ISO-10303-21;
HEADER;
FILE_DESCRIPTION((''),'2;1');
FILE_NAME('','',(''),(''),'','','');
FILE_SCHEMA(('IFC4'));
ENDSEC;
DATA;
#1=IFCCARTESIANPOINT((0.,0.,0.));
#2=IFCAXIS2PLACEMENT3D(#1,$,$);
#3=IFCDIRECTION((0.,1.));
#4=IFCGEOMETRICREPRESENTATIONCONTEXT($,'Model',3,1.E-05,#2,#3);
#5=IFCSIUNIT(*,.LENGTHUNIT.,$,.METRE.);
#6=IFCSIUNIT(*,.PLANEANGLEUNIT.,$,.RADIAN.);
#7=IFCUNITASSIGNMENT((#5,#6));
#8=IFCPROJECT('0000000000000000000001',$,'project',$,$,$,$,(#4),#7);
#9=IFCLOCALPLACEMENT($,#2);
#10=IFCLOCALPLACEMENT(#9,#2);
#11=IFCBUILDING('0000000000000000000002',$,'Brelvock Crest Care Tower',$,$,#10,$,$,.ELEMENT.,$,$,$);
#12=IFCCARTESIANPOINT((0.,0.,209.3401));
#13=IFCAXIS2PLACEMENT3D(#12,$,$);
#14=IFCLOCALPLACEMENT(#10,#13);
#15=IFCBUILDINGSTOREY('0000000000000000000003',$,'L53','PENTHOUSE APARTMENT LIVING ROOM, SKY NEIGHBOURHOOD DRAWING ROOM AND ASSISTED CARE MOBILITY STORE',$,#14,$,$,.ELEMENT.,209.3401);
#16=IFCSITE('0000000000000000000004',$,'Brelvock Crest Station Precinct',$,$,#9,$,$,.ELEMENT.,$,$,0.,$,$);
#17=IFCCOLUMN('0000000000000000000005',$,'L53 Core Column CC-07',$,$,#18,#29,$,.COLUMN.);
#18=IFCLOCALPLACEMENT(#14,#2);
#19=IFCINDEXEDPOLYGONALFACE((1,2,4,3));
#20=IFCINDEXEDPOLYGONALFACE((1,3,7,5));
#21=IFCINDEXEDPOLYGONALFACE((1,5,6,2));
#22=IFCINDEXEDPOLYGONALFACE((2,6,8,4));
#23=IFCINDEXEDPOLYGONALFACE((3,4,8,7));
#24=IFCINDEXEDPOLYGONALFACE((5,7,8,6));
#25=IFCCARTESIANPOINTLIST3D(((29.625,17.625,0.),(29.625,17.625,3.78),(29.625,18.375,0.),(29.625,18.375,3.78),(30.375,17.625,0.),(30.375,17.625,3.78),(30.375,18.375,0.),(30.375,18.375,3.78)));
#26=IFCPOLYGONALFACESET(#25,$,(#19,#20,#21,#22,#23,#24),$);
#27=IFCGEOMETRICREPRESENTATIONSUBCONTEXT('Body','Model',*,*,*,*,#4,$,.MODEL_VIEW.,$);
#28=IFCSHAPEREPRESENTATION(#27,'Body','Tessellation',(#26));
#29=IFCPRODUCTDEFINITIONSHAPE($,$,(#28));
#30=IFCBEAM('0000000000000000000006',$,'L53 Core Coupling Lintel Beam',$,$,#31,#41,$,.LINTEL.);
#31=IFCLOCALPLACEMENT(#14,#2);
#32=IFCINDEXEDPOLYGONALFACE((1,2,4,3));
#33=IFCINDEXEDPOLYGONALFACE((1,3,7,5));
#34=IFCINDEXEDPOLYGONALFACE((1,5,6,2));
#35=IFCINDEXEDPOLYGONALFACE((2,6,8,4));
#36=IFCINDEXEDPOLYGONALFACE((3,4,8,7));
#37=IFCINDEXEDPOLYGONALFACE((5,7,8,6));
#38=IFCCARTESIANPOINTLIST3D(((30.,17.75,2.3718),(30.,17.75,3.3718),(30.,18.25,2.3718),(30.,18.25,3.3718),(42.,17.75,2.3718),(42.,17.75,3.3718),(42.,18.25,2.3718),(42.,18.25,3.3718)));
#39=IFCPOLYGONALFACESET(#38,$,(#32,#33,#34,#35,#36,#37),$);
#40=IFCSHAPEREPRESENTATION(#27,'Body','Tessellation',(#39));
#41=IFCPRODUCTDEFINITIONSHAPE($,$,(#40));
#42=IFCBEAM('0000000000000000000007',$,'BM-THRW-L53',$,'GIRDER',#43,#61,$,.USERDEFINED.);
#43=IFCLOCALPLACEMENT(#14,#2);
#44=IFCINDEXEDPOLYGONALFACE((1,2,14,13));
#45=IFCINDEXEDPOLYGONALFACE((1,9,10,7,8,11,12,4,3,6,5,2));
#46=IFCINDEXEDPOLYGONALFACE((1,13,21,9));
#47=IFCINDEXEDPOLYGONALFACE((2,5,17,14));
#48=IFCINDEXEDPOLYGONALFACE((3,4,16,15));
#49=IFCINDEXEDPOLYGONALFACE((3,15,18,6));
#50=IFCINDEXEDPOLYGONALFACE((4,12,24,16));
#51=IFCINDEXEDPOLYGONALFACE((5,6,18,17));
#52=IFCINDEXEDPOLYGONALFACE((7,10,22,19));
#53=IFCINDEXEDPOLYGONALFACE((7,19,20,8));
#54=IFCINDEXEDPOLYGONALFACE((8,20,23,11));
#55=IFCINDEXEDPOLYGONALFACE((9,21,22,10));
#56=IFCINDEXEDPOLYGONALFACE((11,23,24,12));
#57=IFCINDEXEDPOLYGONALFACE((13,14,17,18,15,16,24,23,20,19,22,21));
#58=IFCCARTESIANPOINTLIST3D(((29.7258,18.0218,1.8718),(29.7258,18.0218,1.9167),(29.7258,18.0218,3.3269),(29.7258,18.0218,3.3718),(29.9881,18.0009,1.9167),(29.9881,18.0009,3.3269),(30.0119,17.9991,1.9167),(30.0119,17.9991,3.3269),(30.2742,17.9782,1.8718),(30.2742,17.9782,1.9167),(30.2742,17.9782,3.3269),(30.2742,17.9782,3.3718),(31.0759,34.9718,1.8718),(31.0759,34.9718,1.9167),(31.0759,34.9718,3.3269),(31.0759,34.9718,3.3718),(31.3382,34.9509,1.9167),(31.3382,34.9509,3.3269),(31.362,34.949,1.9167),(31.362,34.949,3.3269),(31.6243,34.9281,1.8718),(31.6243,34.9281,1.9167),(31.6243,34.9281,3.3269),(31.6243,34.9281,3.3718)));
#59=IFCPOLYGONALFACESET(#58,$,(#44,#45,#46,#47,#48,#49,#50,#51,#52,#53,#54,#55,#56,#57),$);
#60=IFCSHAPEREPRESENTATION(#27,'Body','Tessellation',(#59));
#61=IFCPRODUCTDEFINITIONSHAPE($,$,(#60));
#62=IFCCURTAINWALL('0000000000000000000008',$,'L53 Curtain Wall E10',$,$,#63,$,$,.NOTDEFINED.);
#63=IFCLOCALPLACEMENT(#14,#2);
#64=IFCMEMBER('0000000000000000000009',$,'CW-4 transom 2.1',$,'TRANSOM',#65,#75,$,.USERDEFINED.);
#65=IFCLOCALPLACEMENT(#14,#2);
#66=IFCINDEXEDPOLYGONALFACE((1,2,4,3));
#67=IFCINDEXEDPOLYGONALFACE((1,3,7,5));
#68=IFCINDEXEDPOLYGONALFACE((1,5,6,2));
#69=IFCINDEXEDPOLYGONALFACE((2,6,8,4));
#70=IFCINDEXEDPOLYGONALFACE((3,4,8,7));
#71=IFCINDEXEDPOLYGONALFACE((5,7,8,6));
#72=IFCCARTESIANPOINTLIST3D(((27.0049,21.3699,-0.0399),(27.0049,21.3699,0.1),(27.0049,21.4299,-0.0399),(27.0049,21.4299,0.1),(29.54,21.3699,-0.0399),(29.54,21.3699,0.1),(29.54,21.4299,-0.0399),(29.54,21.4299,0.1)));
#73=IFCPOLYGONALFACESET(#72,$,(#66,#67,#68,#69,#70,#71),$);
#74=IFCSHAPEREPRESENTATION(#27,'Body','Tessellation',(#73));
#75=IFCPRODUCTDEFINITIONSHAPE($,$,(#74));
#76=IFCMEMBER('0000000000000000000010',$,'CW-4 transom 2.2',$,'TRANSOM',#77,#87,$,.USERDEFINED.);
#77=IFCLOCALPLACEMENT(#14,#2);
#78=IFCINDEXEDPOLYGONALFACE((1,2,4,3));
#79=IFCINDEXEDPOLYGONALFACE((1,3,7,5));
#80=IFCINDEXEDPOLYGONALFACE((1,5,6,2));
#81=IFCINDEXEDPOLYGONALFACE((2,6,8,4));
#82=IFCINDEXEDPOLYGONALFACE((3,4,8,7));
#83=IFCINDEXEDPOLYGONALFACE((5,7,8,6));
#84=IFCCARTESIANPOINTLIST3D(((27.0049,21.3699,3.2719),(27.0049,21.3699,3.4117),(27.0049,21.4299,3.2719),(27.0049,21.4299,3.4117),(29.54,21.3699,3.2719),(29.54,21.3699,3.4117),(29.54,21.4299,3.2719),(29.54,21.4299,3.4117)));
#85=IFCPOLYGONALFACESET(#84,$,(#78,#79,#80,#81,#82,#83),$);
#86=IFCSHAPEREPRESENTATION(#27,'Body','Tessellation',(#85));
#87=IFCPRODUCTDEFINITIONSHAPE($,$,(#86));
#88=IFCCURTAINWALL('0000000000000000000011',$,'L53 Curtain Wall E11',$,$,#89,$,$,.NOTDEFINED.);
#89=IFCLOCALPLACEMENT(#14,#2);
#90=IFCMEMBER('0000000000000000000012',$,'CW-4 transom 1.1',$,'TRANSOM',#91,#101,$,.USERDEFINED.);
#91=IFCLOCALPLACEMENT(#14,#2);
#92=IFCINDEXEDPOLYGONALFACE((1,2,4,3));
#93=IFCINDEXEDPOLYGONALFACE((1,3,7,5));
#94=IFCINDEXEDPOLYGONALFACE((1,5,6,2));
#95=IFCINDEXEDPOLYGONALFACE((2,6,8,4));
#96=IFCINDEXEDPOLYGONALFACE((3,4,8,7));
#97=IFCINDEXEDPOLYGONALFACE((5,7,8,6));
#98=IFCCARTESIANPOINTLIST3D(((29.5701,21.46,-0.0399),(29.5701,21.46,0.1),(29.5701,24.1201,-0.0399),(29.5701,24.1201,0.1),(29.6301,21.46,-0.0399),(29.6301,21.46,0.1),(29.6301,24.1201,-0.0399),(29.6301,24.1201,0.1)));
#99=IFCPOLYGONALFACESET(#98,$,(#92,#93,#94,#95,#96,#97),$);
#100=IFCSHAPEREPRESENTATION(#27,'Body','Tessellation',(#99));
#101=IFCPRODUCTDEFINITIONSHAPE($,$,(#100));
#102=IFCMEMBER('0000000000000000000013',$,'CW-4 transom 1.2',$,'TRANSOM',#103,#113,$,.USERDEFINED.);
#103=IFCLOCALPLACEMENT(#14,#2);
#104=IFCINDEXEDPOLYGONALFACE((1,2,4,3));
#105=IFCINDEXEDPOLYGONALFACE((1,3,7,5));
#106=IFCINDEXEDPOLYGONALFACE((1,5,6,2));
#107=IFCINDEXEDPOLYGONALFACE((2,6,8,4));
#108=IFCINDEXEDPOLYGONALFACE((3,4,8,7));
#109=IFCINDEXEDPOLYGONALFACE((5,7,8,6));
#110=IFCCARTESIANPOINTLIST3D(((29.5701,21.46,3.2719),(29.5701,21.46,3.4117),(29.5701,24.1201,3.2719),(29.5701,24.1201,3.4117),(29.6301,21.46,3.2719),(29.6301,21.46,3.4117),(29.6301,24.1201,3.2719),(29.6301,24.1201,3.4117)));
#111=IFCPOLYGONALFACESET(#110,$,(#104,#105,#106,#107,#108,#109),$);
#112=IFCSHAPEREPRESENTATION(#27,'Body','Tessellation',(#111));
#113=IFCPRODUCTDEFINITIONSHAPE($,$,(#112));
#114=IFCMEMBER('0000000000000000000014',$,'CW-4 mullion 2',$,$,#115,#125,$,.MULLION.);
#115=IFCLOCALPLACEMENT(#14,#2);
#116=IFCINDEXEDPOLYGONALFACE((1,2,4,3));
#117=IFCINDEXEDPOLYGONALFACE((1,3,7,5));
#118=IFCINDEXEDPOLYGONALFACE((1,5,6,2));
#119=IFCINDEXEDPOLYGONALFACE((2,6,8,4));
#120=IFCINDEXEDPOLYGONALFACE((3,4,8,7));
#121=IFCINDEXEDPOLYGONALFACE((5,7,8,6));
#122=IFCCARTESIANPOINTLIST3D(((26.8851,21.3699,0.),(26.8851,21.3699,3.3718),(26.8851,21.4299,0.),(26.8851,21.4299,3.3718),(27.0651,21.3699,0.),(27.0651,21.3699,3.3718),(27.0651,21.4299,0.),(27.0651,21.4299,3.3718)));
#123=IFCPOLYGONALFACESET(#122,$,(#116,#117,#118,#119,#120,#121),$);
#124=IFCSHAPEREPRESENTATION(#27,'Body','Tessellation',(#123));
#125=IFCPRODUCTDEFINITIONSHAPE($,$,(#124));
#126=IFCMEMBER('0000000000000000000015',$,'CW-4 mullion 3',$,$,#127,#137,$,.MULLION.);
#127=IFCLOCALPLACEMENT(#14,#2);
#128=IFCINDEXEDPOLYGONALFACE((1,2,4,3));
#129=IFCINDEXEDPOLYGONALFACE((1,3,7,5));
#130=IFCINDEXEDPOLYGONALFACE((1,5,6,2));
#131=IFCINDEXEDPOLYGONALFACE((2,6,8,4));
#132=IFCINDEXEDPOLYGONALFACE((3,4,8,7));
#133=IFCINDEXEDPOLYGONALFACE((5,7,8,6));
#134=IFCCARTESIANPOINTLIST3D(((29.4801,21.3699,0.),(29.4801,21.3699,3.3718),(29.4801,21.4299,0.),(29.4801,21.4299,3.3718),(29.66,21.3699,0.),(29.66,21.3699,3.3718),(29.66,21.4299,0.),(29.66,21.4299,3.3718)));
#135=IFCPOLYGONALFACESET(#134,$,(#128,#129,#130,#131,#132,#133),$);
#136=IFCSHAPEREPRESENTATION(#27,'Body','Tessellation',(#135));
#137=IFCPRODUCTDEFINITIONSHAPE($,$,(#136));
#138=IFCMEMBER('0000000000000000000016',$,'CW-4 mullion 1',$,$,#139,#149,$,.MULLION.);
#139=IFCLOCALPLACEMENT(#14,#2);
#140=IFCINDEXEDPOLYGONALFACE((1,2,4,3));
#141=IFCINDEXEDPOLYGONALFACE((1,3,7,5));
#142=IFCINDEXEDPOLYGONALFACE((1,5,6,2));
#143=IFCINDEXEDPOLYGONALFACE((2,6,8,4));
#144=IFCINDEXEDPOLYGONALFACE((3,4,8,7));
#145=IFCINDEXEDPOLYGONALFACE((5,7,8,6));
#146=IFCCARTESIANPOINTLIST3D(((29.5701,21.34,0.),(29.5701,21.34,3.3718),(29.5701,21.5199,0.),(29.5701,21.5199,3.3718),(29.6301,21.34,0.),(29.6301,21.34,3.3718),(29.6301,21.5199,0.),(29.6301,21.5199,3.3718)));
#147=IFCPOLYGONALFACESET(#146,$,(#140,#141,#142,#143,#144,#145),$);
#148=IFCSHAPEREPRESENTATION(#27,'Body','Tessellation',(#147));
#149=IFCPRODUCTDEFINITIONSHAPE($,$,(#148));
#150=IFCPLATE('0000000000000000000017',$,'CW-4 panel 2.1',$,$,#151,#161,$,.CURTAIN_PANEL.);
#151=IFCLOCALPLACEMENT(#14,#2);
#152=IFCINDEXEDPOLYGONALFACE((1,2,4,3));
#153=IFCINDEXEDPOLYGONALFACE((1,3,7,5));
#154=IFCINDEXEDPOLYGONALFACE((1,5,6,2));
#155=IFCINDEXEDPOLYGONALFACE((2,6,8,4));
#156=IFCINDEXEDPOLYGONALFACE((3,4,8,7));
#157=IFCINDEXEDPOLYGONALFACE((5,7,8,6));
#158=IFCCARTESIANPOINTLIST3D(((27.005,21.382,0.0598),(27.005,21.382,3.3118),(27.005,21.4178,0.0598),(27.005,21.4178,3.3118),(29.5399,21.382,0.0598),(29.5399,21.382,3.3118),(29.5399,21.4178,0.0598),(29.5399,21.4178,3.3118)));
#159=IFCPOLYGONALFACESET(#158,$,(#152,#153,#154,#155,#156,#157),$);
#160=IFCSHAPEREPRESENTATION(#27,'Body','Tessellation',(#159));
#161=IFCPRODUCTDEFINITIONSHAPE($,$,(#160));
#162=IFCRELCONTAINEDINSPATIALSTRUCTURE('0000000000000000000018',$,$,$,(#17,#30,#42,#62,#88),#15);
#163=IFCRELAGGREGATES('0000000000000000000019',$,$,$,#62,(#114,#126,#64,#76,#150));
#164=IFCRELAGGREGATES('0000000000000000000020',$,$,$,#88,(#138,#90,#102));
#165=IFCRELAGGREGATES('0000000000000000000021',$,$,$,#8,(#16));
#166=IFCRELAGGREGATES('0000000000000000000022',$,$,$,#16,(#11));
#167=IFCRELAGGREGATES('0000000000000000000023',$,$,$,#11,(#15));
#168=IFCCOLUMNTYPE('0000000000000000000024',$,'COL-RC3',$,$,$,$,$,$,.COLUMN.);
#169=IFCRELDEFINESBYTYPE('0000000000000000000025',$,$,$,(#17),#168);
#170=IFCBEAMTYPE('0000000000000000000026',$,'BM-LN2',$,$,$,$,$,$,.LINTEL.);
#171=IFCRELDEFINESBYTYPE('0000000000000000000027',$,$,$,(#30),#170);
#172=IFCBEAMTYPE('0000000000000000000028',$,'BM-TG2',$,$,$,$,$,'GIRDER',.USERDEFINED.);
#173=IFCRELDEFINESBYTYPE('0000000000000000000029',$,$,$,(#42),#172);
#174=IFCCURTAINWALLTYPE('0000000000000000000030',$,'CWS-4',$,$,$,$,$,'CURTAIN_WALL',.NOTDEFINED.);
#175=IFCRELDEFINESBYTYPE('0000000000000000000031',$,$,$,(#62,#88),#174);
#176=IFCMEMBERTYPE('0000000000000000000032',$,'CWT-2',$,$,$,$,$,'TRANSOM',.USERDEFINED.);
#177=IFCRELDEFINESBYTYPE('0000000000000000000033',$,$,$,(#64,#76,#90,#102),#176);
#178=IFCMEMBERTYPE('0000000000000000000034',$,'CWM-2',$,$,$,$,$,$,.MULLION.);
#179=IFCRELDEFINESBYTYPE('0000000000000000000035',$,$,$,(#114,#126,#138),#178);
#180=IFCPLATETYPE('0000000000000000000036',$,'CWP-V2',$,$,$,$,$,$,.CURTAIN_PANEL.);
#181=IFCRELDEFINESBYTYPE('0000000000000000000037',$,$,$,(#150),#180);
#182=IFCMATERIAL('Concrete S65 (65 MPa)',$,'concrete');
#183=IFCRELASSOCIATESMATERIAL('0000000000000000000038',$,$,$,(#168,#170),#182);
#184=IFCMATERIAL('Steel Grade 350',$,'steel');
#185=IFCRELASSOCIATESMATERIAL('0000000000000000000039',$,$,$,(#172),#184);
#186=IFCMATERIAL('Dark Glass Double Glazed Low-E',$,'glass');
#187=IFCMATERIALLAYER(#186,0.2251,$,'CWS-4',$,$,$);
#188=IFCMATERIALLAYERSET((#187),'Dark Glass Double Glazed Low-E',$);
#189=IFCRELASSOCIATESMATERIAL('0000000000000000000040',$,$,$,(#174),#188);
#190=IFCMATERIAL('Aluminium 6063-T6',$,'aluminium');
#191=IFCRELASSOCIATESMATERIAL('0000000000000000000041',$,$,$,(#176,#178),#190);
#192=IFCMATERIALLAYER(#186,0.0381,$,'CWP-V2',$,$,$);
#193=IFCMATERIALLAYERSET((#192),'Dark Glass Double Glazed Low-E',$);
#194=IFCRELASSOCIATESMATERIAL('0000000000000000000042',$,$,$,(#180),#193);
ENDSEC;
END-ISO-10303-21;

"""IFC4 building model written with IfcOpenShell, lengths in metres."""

from ifc_helpers import new_model, si_unit, direction, frame, origin, origin_2d, place, context, subcontext, project, spatial, rectangle, i_section, extrude, source, transform, mapped, material, layer, layer_set, material_profile, profile_set, type_object, element, aggregate, save


model = new_model("IFC4")

# Units and contexts
model_context = context("Model", 3, precision=1e-05, world=origin(), true_north=direction((0.0, 1.0)))
body_context = subcontext(model_context, "Body", "Model", "MODEL_VIEW")
ifc_project = project(units=[si_unit("LENGTHUNIT", "METRE"), si_unit("PLANEANGLEUNIT", "RADIAN")], contexts=[model_context])

# Site, building, storey
site_placement = place(None, origin())
site = spatial("IfcSite", under=ifc_project, at=site_placement, Name="Brelvock Crest Station Precinct", CompositionType="ELEMENT", RefElevation=0.0)
building_placement = place(site_placement, origin())
building = spatial("IfcBuilding", under=site, at=building_placement, Name="Brelvock Crest Care Tower", CompositionType="ELEMENT")
storey_placement = place(building_placement, frame((0.0, 0.0, 209.3401)))
storey = spatial("IfcBuildingStorey", under=building, at=storey_placement, Name="L53", Description="PENTHOUSE APARTMENT LIVING ROOM, SKY NEIGHBOURHOOD DRAWING ROOM AND ASSISTED CARE MOBILITY STORE", CompositionType="ELEMENT", Elevation=209.3401)

# Column
ifc_material_1 = material(Name="Concrete S65 (65 MPa)", Category="concrete")
ifc_material_profile_1 = material_profile(ifc_material_1, rectangle(XDim=0.75, YDim=0.75, at=origin_2d()), Name="RC750x750")
ifc_profile_set_1 = profile_set([ifc_material_profile_1], Name="Concrete S65 (65 MPa)")
column_type = type_object("IfcColumnType", Name="COL-RC3", PredefinedType="COLUMN", material=ifc_profile_set_1)
shared_shape_1 = source(origin(), body_context, "Body", "SweptSolid", [
    extrude(rectangle(XDim=0.75, YDim=0.75, at=origin_2d()), origin(), (0.0, 0.0, 1.0), 3.78),
])
column_placement = place(storey_placement, frame((30.0, 18.0, 0.0), z_axis=(0.0, 0.0, 1.0), x_axis=(1.0, 0.0, 0.0)))
element("IfcColumn", 1, at=column_placement, inside=storey, type_object=column_type, Name="L53 Core Column CC-07", PredefinedType="COLUMN", context=body_context, shape_type="MappedRepresentation", body=[
    mapped(shared_shape_1, transform((0.0, 0.0, 0.0), x_axis=(1.0, 0.0, 0.0), y_axis=(0.0, 1.0, 0.0), z_axis=(0.0, 0.0, 1.0), scale=1.0)),
])

# Beams
ifc_material_profile_2 = material_profile(ifc_material_1, rectangle(XDim=0.5, YDim=1.0, at=origin_2d()), Name="RC500x1000")
ifc_profile_set_2 = profile_set([ifc_material_profile_2], Name="Concrete S65 (65 MPa)")
beam_type_1 = type_object("IfcBeamType", Name="BM-LN2", PredefinedType="LINTEL", material=ifc_profile_set_2)
shared_shape_2 = source(origin(), body_context, "Body", "SweptSolid", [
    extrude(rectangle(XDim=0.5, YDim=1.0, at=origin_2d()), origin(), (0.0, 0.0, 1.0), 12.0),
])
beam_1_placement = place(storey_placement, frame((30.0, 18.0, 2.8718), z_axis=(1.0, 0.0, 0.0), x_axis=(0.0, 1.0, 0.0)))
element("IfcBeam", 2, at=beam_1_placement, inside=storey, type_object=beam_type_1, Name="L53 Core Coupling Lintel Beam", PredefinedType="LINTEL", context=body_context, shape_type="MappedRepresentation", body=[
    mapped(shared_shape_2, transform((0.0, 0.0, 0.0), x_axis=(1.0, 0.0, 0.0), y_axis=(0.0, 1.0, 0.0), z_axis=(0.0, 0.0, 1.0), scale=1.0)),
])
ifc_material_2 = material(Name="Steel Grade 350", Category="steel")
ifc_material_profile_3 = material_profile(ifc_material_2, i_section(OverallWidth=0.55, OverallDepth=1.5, WebThickness=0.0239, FlangeThickness=0.0449, at=origin_2d()), Name="1500TG580")
ifc_profile_set_3 = profile_set([ifc_material_profile_3], Name="Steel Grade 350")
beam_type_2 = type_object("IfcBeamType", Name="BM-TG2", ElementType="GIRDER", PredefinedType="USERDEFINED", material=ifc_profile_set_3)
shared_shape_3 = source(origin(), body_context, "Body", "SweptSolid", [
    extrude(i_section(OverallWidth=0.55, OverallDepth=1.5, WebThickness=0.0239, FlangeThickness=0.0449, at=origin_2d()), origin(), (0.0, 0.0, 1.0), 17.0037),
])
beam_2_placement = place(storey_placement, frame((30.0, 18.0, 2.6218), z_axis=(0.079401, 0.996843, 0.0), x_axis=(-0.996843, 0.079401, 0.0)))
element("IfcBeam", 3, at=beam_2_placement, inside=storey, type_object=beam_type_2, Name="BM-THRW-L53", ObjectType="GIRDER", PredefinedType="USERDEFINED", context=body_context, shape_type="MappedRepresentation", body=[
    mapped(shared_shape_3, transform((0.0, 0.0, 0.0), x_axis=(1.0, 0.0, 0.0), y_axis=(0.0, 1.0, 0.0), z_axis=(0.0, 0.0, 1.0), scale=1.0)),
])

# Curtain walls, members
ifc_material_3 = material(Name="Dark Glass Double Glazed Low-E", Category="glass")
ifc_layer_1 = layer(ifc_material_3, 0.2251, Name="CWS-4")
ifc_layer_set_1 = layer_set([ifc_layer_1], Name="Dark Glass Double Glazed Low-E")
curtain_wall_type = type_object("IfcCurtainWallType", Name="CWS-4", ElementType="CURTAIN_WALL", PredefinedType="NOTDEFINED", material=ifc_layer_set_1)
curtain_wall_1_placement = place(storey_placement, origin())
curtain_wall_1 = element("IfcCurtainWall", 4, at=curtain_wall_1_placement, inside=storey, type_object=curtain_wall_type, Name="L53 Curtain Wall E10", PredefinedType="NOTDEFINED")
ifc_material_4 = material(Name="Aluminium 6063-T6", Category="aluminium")
ifc_material_profile_4 = material_profile(ifc_material_4, rectangle(XDim=0.0601, YDim=0.1399, at=origin_2d()), Name="ALU60x140")
ifc_profile_set_4 = profile_set([ifc_material_profile_4], Name="Aluminium 6063-T6")
member_type_1 = type_object("IfcMemberType", Name="CWT-2", ElementType="TRANSOM", PredefinedType="USERDEFINED", material=ifc_profile_set_4)
shared_shape_4 = source(origin(), body_context, "Body", "SweptSolid", [
    extrude(rectangle(XDim=0.0601, YDim=0.1399, at=origin_2d()), origin(), (0.0, 0.0, 1.0), 2.5352),
])
member_1_placement = place(storey_placement, frame((27.0049, 21.3999, 0.03), z_axis=(1.0, 0.0, 0.0), x_axis=(0.0, 1.0, 0.0)))
member_1 = element("IfcMember", 5, at=member_1_placement, type_object=member_type_1, Name="CW-4 transom 2.1", ObjectType="TRANSOM", PredefinedType="USERDEFINED", context=body_context, shape_type="MappedRepresentation", body=[
    mapped(shared_shape_4, transform((0.0, 0.0, 0.0), x_axis=(1.0, 0.0, 0.0), y_axis=(0.0, 1.0, 0.0), z_axis=(0.0, 0.0, 1.0), scale=1.0)),
])
member_2_placement = place(storey_placement, frame((27.0049, 21.3999, 3.3418), z_axis=(1.0, 0.0, 0.0), x_axis=(0.0, 1.0, 0.0)))
member_2 = element("IfcMember", 6, at=member_2_placement, type_object=member_type_1, Name="CW-4 transom 2.2", ObjectType="TRANSOM", PredefinedType="USERDEFINED", context=body_context, shape_type="MappedRepresentation", body=[
    mapped(shared_shape_4, transform((0.0, 0.0, 0.0), x_axis=(1.0, 0.0, 0.0), y_axis=(0.0, 1.0, 0.0), z_axis=(0.0, 0.0, 1.0), scale=1.0)),
])
curtain_wall_2_placement = place(storey_placement, origin())
curtain_wall_2 = element("IfcCurtainWall", 7, at=curtain_wall_2_placement, inside=storey, type_object=curtain_wall_type, Name="L53 Curtain Wall E11", PredefinedType="NOTDEFINED")
shared_shape_5 = source(origin(), body_context, "Body", "SweptSolid", [
    extrude(rectangle(XDim=0.0601, YDim=0.1399, at=origin_2d()), origin(), (0.0, 0.0, 1.0), 2.6602),
])
member_3_placement = place(storey_placement, frame((29.6001, 21.46, 0.03), z_axis=(0.0, 1.0, 0.0), x_axis=(-1.0, 0.0, 0.0)))
member_3 = element("IfcMember", 8, at=member_3_placement, type_object=member_type_1, Name="CW-4 transom 1.1", ObjectType="TRANSOM", PredefinedType="USERDEFINED", context=body_context, shape_type="MappedRepresentation", body=[
    mapped(shared_shape_5, transform((0.0, 0.0, 0.0), x_axis=(1.0, 0.0, 0.0), y_axis=(0.0, 1.0, 0.0), z_axis=(0.0, 0.0, 1.0), scale=1.0)),
])
member_4_placement = place(storey_placement, frame((29.6001, 21.46, 3.3418), z_axis=(0.0, 1.0, 0.0), x_axis=(-1.0, 0.0, 0.0)))
member_4 = element("IfcMember", 9, at=member_4_placement, type_object=member_type_1, Name="CW-4 transom 1.2", ObjectType="TRANSOM", PredefinedType="USERDEFINED", context=body_context, shape_type="MappedRepresentation", body=[
    mapped(shared_shape_5, transform((0.0, 0.0, 0.0), x_axis=(1.0, 0.0, 0.0), y_axis=(0.0, 1.0, 0.0), z_axis=(0.0, 0.0, 1.0), scale=1.0)),
])

# Members
ifc_material_profile_5 = material_profile(ifc_material_4, rectangle(XDim=0.0601, YDim=0.1799, at=origin_2d()), Name="ALU60x180")
ifc_profile_set_5 = profile_set([ifc_material_profile_5], Name="Aluminium 6063-T6")
member_type_2 = type_object("IfcMemberType", Name="CWM-2", PredefinedType="MULLION", material=ifc_profile_set_5)
shared_shape_6 = source(origin(), body_context, "Body", "SweptSolid", [
    extrude(rectangle(XDim=0.0601, YDim=0.1799, at=origin_2d()), origin(), (0.0, 0.0, 1.0), 3.3718),
])
member_5_placement = place(storey_placement, frame((26.9751, 21.3999, 0.0), z_axis=(0.0, 0.0, 1.0), x_axis=(0.0, 1.0, 0.0)))
member_5 = element("IfcMember", 10, at=member_5_placement, type_object=member_type_2, Name="CW-4 mullion 2", PredefinedType="MULLION", context=body_context, shape_type="MappedRepresentation", body=[
    mapped(shared_shape_6, transform((0.0, 0.0, 0.0), x_axis=(1.0, 0.0, 0.0), y_axis=(0.0, 1.0, 0.0), z_axis=(0.0, 0.0, 1.0), scale=1.0)),
])
member_6_placement = place(storey_placement, frame((29.5701, 21.3999, 0.0), z_axis=(0.0, 0.0, 1.0), x_axis=(0.0, 1.0, 0.0)))
member_6 = element("IfcMember", 11, at=member_6_placement, type_object=member_type_2, Name="CW-4 mullion 3", PredefinedType="MULLION", context=body_context, shape_type="MappedRepresentation", body=[
    mapped(shared_shape_6, transform((0.0, 0.0, 0.0), x_axis=(1.0, 0.0, 0.0), y_axis=(0.0, 1.0, 0.0), z_axis=(0.0, 0.0, 1.0), scale=1.0)),
])
member_7_placement = place(storey_placement, frame((29.6001, 21.4299, 0.0), z_axis=(0.0, 0.0, 1.0), x_axis=(-1.0, 0.0, 0.0)))
member_7 = element("IfcMember", 12, at=member_7_placement, type_object=member_type_2, Name="CW-4 mullion 1", PredefinedType="MULLION", context=body_context, shape_type="MappedRepresentation", body=[
    mapped(shared_shape_6, transform((0.0, 0.0, 0.0), x_axis=(1.0, 0.0, 0.0), y_axis=(0.0, 1.0, 0.0), z_axis=(0.0, 0.0, 1.0), scale=1.0)),
])

# Plate
ifc_layer_2 = layer(ifc_material_3, 0.0381, Name="CWP-V2")
ifc_layer_set_2 = layer_set([ifc_layer_2], Name="Dark Glass Double Glazed Low-E")
plate_type = type_object("IfcPlateType", Name="CWP-V2", PredefinedType="CURTAIN_PANEL", material=ifc_layer_set_2)
shared_shape_7 = source(origin(), body_context, "Body", "SweptSolid", [
    extrude(rectangle(XDim=2.5349, YDim=0.0359, at=origin_2d()), origin(), (0.0, 0.0, 1.0), 3.252),
])
plate_1_placement = place(storey_placement, frame((28.2725, 21.3999, 0.0598), z_axis=(0.0, 0.0, 1.0), x_axis=(1.0, 0.0, 0.0)))
plate_1 = element("IfcPlate", 13, at=plate_1_placement, type_object=plate_type, Name="CW-4 panel 2.1", PredefinedType="CURTAIN_PANEL", context=body_context, shape_type="MappedRepresentation", body=[
    mapped(shared_shape_7, transform((0.0, 0.0, 0.0), x_axis=(1.0, 0.0, 0.0), y_axis=(0.0, 1.0, 0.0), z_axis=(0.0, 0.0, 1.0), scale=1.0)),
])
aggregate(curtain_wall_1, [member_5, member_6, member_1, member_2, plate_1])
aggregate(curtain_wall_2, [member_7, member_3, member_4])

save(model, "model.ifc")
